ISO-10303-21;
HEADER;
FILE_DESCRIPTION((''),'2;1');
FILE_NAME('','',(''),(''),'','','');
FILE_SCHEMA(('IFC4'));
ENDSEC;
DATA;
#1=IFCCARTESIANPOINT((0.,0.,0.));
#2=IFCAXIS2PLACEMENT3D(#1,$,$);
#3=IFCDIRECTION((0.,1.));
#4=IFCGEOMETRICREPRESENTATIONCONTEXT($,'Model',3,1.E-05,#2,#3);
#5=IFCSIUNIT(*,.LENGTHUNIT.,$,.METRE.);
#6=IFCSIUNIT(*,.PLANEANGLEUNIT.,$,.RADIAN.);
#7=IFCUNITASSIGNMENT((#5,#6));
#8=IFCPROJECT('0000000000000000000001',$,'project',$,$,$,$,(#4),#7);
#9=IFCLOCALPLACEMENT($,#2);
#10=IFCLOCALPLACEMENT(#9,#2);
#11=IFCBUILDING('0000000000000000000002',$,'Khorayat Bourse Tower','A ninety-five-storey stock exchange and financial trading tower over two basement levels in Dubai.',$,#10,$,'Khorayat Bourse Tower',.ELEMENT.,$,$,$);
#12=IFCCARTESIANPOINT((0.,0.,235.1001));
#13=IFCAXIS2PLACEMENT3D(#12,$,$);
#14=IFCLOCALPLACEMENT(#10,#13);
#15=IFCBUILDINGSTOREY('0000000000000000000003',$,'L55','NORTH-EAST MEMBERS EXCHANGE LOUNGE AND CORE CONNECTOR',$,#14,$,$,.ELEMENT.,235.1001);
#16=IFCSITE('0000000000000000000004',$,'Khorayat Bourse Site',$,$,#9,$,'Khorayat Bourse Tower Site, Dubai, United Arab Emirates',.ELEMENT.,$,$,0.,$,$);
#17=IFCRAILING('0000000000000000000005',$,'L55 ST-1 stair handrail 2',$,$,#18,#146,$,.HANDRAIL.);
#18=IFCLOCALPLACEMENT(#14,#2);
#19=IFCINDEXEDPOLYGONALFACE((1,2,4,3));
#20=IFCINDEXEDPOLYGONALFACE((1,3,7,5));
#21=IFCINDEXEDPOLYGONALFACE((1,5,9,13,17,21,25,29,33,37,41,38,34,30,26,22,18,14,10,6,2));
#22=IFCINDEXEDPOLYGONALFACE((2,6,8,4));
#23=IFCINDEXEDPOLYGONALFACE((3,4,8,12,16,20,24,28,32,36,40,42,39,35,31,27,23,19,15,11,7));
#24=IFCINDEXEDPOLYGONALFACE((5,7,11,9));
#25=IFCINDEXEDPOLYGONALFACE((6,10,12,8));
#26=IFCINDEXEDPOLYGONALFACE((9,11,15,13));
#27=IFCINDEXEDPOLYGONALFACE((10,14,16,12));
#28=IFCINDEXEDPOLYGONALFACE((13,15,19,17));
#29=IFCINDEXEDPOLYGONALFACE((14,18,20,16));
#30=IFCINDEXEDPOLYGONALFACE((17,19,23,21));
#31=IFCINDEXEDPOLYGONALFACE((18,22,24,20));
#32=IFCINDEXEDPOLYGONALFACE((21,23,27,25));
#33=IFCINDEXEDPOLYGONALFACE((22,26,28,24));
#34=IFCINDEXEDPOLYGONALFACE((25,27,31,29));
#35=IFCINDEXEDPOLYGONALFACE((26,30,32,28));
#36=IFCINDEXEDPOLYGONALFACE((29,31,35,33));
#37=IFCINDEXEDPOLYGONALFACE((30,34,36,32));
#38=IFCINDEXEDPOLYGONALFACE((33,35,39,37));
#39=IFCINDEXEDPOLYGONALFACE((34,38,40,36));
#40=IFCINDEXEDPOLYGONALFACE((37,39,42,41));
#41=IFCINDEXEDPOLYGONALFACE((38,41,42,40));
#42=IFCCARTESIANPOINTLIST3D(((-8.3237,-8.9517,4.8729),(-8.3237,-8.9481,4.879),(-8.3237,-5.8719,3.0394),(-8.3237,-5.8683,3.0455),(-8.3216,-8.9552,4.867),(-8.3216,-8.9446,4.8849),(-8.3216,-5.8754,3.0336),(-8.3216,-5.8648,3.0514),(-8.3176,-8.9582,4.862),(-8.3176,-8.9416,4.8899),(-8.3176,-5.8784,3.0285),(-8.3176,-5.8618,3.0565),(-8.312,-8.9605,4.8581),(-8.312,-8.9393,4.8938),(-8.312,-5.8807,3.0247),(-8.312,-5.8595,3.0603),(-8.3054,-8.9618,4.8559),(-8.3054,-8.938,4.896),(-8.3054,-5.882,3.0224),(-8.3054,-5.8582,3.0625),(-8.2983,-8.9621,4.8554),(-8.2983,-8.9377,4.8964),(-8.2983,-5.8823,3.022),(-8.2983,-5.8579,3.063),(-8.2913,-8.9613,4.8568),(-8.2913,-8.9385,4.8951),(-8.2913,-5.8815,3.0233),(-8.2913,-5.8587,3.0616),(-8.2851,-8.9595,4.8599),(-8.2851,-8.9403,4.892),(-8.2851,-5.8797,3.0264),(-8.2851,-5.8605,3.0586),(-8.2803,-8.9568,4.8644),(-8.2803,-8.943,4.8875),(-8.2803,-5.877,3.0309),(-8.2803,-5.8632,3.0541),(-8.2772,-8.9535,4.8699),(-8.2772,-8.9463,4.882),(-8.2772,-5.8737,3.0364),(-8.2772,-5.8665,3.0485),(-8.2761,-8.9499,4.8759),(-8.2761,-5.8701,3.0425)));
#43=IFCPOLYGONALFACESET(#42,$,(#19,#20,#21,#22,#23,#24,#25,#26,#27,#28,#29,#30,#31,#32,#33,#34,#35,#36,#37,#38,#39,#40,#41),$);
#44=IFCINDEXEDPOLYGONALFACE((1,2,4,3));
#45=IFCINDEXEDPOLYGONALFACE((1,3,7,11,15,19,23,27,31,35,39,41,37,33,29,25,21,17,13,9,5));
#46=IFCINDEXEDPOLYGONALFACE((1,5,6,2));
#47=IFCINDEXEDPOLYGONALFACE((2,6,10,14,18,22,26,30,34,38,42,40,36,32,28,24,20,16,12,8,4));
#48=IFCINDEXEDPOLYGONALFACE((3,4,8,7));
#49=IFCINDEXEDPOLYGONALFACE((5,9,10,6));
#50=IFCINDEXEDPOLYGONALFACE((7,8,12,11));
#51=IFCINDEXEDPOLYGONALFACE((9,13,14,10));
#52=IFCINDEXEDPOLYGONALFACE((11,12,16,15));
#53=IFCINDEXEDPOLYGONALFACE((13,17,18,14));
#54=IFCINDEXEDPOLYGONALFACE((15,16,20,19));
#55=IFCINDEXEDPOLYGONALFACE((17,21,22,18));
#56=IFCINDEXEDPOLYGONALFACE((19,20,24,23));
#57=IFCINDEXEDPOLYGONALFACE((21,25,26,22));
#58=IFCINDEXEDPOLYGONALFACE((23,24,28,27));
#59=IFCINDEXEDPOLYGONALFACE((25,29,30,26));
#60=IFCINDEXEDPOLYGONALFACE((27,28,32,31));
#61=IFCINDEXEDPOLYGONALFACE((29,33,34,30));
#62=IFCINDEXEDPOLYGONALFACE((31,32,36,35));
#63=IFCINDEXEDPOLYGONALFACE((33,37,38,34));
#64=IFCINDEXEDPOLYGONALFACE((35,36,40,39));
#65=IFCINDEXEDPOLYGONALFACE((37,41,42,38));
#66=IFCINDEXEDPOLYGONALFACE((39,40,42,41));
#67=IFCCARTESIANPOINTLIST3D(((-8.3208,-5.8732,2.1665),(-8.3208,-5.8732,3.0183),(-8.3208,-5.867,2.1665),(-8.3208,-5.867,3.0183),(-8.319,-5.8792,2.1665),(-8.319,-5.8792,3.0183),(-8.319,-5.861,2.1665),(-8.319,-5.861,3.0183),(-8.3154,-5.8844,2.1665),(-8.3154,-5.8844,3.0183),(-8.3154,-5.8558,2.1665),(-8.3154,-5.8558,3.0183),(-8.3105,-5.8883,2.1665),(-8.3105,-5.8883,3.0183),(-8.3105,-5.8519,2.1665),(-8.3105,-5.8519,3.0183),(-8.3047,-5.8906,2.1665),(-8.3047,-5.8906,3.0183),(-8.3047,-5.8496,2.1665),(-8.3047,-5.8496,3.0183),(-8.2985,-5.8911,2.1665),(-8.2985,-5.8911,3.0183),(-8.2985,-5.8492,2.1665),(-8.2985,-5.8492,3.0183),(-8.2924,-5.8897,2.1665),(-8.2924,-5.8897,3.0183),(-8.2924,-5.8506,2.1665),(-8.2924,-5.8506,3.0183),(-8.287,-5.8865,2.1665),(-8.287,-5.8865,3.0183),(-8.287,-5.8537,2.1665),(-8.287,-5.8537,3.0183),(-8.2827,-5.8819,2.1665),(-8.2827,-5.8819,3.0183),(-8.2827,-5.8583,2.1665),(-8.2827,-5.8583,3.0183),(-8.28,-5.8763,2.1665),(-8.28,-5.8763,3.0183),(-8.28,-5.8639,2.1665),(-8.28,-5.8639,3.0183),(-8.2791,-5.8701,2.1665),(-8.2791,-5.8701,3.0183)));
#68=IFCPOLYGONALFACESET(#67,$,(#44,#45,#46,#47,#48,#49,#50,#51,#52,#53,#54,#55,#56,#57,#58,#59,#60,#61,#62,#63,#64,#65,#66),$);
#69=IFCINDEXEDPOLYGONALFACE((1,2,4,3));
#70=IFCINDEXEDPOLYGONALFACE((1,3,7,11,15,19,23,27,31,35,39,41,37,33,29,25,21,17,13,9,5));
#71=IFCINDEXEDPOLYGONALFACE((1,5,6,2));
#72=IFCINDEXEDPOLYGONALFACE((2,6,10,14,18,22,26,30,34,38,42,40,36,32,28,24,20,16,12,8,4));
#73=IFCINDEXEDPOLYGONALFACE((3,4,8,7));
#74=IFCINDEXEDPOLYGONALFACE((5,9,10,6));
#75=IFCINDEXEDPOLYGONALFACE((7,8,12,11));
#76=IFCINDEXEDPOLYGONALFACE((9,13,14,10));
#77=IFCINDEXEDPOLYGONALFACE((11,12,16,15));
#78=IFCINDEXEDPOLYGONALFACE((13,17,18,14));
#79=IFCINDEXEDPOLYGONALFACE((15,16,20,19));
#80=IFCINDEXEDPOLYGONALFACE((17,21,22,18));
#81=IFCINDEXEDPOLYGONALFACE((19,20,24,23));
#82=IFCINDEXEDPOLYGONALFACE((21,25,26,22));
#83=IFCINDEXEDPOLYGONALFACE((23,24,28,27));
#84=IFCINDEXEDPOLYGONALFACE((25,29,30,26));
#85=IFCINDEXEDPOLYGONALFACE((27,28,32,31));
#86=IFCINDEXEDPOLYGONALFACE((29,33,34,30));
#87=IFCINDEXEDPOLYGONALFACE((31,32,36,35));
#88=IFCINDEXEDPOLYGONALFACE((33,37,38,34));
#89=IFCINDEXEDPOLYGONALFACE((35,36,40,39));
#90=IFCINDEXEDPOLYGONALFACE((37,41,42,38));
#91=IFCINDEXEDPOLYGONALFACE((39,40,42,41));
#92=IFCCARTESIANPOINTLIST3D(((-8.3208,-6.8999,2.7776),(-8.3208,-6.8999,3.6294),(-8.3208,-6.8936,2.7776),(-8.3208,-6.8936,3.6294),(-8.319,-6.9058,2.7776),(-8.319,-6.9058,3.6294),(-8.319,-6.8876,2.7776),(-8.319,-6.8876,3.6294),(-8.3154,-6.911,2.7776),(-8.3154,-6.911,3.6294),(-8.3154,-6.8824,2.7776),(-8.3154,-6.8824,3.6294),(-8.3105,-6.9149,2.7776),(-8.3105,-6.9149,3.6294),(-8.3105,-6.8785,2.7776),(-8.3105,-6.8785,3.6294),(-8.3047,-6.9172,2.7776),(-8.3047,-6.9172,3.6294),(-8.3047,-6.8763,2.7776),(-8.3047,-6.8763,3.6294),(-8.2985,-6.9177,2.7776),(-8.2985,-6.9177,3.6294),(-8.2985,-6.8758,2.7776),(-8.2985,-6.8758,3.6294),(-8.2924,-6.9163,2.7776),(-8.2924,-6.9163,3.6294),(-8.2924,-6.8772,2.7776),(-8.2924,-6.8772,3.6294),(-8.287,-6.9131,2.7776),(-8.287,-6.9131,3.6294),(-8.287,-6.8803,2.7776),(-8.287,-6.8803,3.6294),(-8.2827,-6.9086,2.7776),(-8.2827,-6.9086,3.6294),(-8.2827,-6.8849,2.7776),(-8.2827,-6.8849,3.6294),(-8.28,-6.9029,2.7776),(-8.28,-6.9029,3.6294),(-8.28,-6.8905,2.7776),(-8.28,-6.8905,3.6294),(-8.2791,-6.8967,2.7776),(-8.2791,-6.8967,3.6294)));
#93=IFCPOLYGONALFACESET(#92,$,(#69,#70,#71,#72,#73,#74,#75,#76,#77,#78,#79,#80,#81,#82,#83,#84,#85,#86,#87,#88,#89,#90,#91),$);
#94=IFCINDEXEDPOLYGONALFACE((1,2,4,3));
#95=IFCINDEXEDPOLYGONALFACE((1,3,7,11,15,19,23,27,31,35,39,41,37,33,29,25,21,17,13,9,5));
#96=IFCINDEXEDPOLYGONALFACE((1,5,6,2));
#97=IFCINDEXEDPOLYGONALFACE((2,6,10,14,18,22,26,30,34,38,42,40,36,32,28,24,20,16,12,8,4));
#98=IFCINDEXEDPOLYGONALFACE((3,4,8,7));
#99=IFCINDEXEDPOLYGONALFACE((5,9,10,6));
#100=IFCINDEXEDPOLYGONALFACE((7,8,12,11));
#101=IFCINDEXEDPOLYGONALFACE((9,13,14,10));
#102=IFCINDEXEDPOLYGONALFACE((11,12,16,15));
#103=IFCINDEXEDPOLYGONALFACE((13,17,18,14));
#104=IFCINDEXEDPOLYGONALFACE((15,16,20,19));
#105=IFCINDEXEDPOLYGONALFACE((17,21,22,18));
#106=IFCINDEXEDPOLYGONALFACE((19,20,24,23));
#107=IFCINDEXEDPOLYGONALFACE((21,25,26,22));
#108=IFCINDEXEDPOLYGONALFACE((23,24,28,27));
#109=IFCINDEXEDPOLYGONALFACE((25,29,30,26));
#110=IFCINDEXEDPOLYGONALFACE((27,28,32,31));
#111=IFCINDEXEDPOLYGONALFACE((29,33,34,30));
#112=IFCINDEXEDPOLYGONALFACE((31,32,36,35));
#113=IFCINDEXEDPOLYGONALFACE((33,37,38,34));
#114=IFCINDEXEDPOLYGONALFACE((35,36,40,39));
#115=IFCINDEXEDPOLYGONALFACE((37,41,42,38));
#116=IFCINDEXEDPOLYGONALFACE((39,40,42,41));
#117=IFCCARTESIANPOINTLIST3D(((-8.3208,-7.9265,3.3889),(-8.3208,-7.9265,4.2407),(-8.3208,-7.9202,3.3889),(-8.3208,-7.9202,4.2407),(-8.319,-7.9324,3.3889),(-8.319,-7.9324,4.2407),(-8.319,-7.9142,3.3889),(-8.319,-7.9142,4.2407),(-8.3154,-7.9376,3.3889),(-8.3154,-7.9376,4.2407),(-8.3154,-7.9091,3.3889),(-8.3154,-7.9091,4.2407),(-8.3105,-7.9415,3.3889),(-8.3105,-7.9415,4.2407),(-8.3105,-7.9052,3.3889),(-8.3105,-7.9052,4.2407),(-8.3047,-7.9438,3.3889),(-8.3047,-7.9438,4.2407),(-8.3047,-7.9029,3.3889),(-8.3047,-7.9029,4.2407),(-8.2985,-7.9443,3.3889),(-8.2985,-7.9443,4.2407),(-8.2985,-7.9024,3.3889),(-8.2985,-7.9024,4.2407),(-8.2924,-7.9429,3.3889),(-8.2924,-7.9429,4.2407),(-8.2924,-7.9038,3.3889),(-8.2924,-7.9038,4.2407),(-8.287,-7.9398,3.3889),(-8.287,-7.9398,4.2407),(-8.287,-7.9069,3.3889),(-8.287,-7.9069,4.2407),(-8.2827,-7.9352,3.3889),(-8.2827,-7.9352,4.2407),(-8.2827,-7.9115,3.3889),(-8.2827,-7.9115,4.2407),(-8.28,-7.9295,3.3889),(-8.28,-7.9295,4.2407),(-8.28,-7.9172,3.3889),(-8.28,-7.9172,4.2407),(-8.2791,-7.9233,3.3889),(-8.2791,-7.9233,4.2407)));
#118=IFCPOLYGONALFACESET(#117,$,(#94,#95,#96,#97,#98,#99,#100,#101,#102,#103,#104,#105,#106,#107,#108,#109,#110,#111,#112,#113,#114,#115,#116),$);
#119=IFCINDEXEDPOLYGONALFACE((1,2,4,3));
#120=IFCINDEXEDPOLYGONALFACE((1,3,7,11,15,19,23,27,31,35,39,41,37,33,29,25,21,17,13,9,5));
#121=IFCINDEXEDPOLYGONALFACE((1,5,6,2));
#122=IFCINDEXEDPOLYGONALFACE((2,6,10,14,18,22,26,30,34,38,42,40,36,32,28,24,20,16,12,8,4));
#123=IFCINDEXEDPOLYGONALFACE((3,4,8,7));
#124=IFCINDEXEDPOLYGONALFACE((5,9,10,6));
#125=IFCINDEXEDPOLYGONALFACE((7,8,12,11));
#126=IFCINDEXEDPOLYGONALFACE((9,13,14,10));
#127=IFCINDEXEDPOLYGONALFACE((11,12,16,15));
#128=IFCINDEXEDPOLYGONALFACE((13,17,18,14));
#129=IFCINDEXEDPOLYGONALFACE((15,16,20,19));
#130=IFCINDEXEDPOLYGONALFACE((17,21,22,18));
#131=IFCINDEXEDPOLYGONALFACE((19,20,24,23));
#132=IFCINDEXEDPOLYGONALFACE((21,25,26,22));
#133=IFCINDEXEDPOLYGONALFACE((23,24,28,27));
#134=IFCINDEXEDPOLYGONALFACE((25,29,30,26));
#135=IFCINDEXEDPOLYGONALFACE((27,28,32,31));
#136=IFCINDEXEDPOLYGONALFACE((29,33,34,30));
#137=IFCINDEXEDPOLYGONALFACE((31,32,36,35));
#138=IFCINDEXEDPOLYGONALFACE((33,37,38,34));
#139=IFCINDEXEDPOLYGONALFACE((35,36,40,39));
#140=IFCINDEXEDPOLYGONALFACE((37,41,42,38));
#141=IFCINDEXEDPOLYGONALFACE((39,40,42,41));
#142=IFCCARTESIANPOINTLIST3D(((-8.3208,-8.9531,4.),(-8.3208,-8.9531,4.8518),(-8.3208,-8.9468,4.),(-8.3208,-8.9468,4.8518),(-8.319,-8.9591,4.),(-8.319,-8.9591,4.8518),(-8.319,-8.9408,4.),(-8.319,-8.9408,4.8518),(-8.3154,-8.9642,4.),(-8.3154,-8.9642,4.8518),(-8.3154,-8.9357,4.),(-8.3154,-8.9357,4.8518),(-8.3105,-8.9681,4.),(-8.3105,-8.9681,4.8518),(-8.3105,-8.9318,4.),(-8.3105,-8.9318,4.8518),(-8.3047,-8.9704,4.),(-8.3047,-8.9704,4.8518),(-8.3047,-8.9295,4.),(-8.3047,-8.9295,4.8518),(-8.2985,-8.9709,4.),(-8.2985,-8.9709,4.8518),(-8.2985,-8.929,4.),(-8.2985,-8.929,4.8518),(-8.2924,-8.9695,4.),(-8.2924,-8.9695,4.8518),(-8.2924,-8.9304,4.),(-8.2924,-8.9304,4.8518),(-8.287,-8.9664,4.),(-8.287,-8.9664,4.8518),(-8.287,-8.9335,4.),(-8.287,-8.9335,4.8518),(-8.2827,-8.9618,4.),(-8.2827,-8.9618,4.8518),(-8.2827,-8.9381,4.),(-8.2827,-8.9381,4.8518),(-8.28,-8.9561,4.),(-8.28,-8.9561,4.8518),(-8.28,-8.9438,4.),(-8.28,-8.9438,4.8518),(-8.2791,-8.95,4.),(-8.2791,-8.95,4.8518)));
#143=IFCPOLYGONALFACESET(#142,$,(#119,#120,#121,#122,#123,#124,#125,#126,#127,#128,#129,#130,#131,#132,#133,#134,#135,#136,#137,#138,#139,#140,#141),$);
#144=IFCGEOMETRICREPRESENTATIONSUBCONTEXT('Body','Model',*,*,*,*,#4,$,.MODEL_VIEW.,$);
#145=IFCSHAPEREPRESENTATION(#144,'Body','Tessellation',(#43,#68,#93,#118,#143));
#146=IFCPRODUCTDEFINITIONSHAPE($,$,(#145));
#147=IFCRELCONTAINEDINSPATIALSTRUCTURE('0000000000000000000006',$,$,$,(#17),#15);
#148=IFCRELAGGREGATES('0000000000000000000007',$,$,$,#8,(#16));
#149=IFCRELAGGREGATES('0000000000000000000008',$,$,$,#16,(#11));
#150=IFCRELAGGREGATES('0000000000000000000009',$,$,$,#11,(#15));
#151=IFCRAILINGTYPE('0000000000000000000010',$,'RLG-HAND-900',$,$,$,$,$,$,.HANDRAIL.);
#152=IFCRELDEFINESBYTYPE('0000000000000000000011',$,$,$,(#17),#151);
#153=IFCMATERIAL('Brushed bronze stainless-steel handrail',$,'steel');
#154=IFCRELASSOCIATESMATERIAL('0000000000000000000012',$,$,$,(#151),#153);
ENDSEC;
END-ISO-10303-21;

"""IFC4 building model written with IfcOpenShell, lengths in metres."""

from ifc_helpers import new_model, si_unit, direction, frame, origin, origin_2d, place, context, subcontext, project, spatial, circle, extrude, source, transform, mapped, material, type_object, element, save


model = new_model("IFC4")

# Units and contexts
model_context = context("Model", 3, precision=1e-05, world=origin(), true_north=direction((0.0, 1.0)))
body_context = subcontext(model_context, "Body", "Model", "MODEL_VIEW")
ifc_project = project(units=[si_unit("LENGTHUNIT", "METRE"), si_unit("PLANEANGLEUNIT", "RADIAN")], contexts=[model_context])

# Site, building, storey
site_placement = place(None, origin())
site = spatial("IfcSite", under=ifc_project, at=site_placement, Name="Khorayat Bourse Site", LongName="Khorayat Bourse Tower Site, Dubai, United Arab Emirates", CompositionType="ELEMENT", RefElevation=0.0)
building_placement = place(site_placement, origin())
building = spatial("IfcBuilding", under=site, at=building_placement, Name="Khorayat Bourse Tower", Description="A ninety-five-storey stock exchange and financial trading tower over two basement levels in Dubai.", LongName="Khorayat Bourse Tower", CompositionType="ELEMENT")
storey_placement = place(building_placement, frame((0.0, 0.0, 235.1001)))
storey = spatial("IfcBuildingStorey", under=building, at=storey_placement, Name="L55", Description="NORTH-EAST MEMBERS EXCHANGE LOUNGE AND CORE CONNECTOR", CompositionType="ELEMENT", Elevation=235.1001)

# Railing
ifc_material_1 = material(Name="Brushed bronze stainless-steel handrail", Category="steel")
railing_type_1 = type_object("IfcRailingType", Name="RLG-HAND-900", PredefinedType="HANDRAIL", material=ifc_material_1)
shared_shape_1 = source(origin(), body_context, "Body", "SweptSolid", [
    extrude(circle(Radius=0.0239, at=origin_2d()), frame((0.0, 0.0, 0.876), z_axis=(0.0, -0.859261, 0.511538), x_axis=(1.0, 0.0, 0.0)), (0.0, 0.0, 1.0), 3.5842),
    extrude(circle(Radius=0.021, at=origin_2d()), origin(), (0.0, 0.0, 1.0), 0.8518),
    extrude(circle(Radius=0.021, at=origin_2d()), frame((0.0, -1.0266, 0.6111)), (0.0, 0.0, 1.0), 0.8518),
    extrude(circle(Radius=0.021, at=origin_2d()), frame((0.0, -2.0532, 1.2224)), (0.0, 0.0, 1.0), 0.8518),
    extrude(circle(Radius=0.021, at=origin_2d()), frame((0.0, -3.0798, 1.8335)), (0.0, 0.0, 1.0), 0.8518),
])
railing_1_placement = place(storey_placement, frame((-8.3, -5.8701, 2.1665)))
element("IfcRailing", 1, at=railing_1_placement, inside=storey, type_object=railing_type_1, Name="L55 ST-1 stair handrail 2", PredefinedType="HANDRAIL", context=body_context, shape_type="MappedRepresentation", body=[
    mapped(shared_shape_1, transform((0.0, 0.0, 0.0), scale=1.0)),
])

save(model, "model.ifc")
